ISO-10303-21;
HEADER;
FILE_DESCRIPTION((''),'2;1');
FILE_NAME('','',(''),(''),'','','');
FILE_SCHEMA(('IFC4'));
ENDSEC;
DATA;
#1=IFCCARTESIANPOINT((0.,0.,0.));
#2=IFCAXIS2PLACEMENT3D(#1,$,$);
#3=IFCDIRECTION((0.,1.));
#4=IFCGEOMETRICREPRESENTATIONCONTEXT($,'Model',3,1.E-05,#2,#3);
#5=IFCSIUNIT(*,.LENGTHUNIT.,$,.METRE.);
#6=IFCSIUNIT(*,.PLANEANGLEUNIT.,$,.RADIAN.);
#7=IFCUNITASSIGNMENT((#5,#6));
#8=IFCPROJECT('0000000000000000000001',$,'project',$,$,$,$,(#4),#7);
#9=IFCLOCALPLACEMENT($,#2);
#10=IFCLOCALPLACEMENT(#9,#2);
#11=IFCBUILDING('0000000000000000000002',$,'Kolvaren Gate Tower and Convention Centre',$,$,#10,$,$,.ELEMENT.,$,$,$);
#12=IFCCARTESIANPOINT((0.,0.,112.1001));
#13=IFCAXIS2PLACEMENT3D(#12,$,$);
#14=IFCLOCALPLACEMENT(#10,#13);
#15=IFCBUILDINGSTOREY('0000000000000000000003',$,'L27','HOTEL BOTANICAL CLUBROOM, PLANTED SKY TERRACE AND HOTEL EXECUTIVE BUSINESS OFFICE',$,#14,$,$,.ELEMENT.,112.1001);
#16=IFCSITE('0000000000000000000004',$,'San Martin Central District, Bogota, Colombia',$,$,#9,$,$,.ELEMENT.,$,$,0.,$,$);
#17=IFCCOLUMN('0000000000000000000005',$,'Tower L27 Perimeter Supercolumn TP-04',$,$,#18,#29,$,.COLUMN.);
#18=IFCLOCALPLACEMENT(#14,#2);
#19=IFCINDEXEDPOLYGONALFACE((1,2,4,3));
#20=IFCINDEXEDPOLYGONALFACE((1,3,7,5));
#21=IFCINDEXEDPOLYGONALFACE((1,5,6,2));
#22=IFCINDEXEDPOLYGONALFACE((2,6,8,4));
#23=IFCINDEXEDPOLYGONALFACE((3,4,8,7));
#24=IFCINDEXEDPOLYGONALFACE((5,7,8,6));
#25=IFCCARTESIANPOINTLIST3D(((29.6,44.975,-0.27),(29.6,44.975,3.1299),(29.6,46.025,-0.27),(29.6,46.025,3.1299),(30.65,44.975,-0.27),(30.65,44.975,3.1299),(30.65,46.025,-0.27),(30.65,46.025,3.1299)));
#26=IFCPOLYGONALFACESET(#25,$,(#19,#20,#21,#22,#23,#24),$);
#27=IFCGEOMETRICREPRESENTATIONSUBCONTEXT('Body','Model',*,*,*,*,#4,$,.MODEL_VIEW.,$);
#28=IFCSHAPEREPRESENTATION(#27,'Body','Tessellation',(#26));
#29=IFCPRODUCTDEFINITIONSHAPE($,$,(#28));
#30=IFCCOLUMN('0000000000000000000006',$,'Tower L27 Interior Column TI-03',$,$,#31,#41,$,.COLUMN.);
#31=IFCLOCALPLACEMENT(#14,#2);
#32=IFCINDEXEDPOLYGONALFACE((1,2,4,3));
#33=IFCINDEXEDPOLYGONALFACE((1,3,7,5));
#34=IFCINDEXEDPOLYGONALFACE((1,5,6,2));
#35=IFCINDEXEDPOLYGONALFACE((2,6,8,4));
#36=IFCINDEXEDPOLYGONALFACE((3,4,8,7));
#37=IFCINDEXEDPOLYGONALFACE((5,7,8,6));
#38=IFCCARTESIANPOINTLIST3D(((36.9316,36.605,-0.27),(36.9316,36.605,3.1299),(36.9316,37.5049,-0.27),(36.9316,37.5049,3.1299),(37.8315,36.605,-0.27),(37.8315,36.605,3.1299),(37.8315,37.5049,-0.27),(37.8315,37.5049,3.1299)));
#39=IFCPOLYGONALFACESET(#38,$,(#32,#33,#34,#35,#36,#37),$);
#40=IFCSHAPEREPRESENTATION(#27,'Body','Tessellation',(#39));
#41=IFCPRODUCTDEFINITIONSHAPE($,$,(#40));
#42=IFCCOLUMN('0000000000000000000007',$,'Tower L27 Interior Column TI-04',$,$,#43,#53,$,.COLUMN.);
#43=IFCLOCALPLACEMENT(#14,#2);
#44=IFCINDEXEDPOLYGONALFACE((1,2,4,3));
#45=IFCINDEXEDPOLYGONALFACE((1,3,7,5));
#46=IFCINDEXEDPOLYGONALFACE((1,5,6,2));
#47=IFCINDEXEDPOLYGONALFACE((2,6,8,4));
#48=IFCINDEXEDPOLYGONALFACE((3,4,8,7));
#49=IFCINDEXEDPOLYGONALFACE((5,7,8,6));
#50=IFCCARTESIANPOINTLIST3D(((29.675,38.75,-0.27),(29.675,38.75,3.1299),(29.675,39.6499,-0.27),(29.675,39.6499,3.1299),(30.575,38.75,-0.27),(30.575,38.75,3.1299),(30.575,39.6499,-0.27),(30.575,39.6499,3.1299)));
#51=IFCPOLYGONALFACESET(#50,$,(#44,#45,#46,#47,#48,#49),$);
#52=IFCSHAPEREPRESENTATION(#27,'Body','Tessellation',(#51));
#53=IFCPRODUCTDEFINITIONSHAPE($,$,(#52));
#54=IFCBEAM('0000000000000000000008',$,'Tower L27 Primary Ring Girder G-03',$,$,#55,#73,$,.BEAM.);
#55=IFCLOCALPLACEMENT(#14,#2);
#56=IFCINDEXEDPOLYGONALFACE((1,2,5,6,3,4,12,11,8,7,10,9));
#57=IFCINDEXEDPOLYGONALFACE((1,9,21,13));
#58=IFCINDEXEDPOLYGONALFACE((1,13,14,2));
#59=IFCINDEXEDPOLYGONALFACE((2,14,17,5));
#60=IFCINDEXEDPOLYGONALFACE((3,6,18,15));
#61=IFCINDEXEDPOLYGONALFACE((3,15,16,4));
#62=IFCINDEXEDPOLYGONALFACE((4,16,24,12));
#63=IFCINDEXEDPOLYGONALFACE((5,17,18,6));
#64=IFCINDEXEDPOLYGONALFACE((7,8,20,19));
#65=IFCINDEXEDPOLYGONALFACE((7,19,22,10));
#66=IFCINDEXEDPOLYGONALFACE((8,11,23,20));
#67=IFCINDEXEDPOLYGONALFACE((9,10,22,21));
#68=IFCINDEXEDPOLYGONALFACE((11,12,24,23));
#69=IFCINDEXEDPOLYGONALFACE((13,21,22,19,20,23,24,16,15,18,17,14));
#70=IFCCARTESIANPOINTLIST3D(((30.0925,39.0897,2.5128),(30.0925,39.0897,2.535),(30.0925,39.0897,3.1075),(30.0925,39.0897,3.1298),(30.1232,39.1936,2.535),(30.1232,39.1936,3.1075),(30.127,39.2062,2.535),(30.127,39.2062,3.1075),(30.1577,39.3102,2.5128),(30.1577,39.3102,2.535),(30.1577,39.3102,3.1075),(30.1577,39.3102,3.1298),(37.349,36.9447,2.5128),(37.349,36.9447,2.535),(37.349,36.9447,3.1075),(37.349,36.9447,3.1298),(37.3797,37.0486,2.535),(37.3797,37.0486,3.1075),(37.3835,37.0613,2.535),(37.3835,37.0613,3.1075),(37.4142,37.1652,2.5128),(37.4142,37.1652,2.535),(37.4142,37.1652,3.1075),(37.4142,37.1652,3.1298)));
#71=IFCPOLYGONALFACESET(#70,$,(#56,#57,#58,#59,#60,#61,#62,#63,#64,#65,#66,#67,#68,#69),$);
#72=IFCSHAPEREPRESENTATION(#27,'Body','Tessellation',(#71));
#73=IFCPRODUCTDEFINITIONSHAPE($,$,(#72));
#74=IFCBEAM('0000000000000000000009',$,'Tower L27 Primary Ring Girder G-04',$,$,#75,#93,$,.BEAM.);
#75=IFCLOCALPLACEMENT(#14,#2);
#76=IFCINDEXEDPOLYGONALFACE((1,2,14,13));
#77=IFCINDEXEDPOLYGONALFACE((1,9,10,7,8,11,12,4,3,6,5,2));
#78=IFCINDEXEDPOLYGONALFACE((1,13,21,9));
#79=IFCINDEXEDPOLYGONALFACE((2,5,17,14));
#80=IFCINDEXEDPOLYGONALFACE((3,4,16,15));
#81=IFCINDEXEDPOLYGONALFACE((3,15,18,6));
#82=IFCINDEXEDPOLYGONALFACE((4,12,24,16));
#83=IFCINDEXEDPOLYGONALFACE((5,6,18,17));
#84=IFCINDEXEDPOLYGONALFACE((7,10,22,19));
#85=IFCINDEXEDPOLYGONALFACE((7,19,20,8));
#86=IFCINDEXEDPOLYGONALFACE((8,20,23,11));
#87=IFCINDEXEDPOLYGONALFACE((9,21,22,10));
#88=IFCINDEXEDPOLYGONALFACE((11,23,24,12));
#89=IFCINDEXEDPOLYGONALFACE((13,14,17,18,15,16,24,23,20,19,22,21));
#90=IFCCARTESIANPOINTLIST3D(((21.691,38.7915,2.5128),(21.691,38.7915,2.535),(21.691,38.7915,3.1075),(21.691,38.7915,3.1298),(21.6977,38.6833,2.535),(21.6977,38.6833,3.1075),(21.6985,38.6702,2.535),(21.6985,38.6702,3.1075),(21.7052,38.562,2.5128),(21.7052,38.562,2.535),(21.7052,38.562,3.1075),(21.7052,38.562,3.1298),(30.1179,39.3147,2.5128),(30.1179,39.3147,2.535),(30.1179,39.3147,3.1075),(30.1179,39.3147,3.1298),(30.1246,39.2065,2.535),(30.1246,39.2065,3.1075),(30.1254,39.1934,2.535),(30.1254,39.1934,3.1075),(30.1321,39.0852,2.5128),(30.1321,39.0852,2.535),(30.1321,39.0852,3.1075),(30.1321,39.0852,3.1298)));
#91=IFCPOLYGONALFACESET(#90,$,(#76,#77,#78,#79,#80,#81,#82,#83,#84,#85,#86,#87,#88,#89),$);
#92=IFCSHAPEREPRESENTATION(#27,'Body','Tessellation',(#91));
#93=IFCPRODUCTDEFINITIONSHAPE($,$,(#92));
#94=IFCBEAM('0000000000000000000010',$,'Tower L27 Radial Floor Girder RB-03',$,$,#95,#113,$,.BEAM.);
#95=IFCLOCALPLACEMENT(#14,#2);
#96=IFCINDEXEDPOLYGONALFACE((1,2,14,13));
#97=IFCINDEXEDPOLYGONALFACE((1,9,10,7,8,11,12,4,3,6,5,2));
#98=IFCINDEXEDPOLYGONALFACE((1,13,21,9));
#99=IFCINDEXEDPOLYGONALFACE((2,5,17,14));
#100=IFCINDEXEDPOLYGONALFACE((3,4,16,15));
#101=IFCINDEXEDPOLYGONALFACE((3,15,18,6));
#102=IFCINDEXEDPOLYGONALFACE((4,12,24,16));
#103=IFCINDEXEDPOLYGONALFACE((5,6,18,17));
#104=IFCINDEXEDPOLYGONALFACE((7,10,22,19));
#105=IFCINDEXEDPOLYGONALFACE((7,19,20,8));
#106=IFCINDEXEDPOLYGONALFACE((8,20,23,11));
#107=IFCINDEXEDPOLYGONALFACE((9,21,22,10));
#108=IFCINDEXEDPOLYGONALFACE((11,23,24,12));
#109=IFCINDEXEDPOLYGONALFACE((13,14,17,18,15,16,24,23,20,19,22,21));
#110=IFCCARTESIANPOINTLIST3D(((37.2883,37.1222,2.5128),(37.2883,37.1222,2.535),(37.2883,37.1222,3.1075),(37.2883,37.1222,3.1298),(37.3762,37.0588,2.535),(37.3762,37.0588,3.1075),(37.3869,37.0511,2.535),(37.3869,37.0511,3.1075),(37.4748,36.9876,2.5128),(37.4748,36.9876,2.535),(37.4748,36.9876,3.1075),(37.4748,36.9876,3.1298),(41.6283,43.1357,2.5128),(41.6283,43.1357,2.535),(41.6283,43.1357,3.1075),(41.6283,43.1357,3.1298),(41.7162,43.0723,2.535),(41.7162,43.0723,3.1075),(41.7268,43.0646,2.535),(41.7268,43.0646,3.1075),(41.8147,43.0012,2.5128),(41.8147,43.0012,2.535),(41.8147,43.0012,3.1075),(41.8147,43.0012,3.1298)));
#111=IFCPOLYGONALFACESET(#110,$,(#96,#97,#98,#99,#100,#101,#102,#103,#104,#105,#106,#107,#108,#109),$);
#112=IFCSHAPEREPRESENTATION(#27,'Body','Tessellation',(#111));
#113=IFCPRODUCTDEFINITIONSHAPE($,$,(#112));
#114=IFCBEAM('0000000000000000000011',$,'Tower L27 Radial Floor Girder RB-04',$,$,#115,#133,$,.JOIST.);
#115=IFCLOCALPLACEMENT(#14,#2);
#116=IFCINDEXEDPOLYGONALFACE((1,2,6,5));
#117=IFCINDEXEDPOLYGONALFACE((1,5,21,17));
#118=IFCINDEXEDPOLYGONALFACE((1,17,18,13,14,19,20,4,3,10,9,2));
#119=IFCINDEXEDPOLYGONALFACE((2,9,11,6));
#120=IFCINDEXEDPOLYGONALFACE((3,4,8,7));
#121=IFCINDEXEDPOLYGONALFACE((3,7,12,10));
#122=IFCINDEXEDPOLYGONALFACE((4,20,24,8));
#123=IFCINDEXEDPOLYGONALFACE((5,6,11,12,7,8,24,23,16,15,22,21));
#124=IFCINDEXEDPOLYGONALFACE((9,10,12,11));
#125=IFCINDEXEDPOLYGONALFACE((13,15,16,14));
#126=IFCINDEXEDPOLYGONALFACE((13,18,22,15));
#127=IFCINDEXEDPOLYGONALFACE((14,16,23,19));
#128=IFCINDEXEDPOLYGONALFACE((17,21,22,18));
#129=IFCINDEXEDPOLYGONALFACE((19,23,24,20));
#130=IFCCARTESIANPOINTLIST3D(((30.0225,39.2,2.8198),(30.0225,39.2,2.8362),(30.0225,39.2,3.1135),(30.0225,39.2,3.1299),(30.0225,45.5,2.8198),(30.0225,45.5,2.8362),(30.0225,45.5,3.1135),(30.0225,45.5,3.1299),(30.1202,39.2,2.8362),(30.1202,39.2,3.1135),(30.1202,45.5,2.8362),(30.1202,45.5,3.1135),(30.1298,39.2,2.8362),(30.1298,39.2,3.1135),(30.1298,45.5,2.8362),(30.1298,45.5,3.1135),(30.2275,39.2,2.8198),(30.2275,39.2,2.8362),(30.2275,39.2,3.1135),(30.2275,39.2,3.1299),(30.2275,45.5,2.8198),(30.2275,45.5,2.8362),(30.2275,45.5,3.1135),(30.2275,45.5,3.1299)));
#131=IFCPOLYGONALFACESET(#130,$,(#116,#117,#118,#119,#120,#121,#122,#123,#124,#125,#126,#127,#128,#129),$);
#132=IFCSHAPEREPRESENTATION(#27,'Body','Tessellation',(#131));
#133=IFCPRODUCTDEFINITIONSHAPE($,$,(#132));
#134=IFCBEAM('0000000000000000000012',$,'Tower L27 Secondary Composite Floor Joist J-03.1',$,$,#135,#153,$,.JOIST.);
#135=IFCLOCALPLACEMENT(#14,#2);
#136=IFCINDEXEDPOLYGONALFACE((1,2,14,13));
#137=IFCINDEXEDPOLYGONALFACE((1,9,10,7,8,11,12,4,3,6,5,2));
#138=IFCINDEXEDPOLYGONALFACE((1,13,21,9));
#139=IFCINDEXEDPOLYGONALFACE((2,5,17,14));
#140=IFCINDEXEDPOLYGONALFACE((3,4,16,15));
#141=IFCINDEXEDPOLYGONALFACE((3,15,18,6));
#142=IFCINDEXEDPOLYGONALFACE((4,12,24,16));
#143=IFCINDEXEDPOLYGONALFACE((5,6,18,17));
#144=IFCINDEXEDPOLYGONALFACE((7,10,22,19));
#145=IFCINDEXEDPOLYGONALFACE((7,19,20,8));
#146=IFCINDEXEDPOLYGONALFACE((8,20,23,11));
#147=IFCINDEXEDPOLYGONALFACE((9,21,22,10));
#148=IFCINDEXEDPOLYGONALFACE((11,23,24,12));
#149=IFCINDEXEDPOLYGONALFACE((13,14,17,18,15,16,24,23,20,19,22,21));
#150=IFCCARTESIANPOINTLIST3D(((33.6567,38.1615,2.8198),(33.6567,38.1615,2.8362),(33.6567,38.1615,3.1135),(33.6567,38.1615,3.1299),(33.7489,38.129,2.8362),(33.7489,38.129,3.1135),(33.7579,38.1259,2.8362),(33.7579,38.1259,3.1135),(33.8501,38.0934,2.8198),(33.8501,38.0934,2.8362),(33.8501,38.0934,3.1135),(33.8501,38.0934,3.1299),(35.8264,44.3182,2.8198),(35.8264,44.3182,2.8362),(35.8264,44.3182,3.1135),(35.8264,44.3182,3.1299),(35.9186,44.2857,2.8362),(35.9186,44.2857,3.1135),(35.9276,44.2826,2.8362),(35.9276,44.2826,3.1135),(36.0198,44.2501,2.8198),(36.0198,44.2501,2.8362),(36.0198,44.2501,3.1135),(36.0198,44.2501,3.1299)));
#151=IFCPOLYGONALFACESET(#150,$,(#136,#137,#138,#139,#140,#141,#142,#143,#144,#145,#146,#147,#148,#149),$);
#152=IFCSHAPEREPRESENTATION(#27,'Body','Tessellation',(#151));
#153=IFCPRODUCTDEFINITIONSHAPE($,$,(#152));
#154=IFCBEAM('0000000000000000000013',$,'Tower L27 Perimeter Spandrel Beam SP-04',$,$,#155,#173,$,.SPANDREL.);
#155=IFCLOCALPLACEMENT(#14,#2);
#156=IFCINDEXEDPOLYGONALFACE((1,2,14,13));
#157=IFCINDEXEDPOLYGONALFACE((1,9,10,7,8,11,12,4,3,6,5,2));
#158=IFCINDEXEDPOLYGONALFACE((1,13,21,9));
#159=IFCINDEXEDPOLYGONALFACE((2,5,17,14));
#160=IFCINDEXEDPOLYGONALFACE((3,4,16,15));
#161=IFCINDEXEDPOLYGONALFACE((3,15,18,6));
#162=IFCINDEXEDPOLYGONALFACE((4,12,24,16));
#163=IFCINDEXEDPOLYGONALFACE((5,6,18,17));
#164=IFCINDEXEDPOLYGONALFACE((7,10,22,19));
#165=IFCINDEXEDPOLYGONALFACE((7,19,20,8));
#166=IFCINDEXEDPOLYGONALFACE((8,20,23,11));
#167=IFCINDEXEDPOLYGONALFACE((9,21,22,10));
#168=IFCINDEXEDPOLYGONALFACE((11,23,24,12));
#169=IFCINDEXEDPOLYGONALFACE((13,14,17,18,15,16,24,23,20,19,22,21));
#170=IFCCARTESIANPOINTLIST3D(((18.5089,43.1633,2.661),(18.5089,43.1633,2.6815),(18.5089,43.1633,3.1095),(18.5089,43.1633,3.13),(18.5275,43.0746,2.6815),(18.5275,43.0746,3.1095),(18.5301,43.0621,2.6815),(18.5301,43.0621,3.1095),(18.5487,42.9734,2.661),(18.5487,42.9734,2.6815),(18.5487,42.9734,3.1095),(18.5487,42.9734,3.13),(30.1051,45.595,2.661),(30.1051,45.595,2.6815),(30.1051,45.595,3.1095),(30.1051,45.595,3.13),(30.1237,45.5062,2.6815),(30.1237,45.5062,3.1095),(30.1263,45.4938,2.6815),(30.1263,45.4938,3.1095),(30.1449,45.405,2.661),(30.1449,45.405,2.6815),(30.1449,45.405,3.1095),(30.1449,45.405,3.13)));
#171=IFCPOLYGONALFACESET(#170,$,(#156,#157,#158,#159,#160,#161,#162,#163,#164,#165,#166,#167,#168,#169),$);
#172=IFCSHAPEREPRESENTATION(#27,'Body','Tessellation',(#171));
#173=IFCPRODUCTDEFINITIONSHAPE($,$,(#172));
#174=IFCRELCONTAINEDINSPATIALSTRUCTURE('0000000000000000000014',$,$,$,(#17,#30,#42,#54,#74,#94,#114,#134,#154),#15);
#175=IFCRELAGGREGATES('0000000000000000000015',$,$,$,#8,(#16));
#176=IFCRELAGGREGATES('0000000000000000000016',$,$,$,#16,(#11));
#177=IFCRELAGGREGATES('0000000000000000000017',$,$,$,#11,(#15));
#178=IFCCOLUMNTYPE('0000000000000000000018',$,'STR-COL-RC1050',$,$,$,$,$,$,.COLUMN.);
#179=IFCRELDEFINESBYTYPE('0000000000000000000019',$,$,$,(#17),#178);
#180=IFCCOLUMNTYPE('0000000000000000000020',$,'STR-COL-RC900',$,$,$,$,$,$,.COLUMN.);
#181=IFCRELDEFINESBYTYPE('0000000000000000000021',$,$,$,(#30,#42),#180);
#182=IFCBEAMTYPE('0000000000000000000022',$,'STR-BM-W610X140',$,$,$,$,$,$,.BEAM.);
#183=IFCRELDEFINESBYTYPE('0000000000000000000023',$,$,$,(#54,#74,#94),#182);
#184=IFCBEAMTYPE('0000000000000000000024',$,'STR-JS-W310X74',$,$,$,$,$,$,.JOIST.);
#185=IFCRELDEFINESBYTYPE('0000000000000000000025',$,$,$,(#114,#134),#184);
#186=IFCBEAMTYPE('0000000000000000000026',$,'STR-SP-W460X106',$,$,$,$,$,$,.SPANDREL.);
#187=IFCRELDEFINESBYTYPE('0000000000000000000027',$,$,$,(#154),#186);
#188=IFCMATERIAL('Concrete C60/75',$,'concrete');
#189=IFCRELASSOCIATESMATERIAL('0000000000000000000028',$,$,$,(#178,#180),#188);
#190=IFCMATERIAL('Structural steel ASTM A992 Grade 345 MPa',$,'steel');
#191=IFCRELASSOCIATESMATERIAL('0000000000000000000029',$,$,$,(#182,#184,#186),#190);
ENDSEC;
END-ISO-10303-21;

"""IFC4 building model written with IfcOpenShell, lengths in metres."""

from ifc_helpers import new_model, si_unit, direction, frame, origin, origin_2d, place, context, subcontext, project, spatial, rectangle, i_section, extrude, material, material_profile, profile_set, type_object, element, save


model = new_model("IFC4")

# Units and contexts
model_context = context("Model", 3, precision=1e-05, world=origin(), true_north=direction((0.0, 1.0)))
body_context = subcontext(model_context, "Body", "Model", "MODEL_VIEW")
ifc_project = project(units=[si_unit("LENGTHUNIT", "METRE"), si_unit("PLANEANGLEUNIT", "RADIAN")], contexts=[model_context])

# Site, building, storey
site_placement = place(None, origin())
site = spatial("IfcSite", under=ifc_project, at=site_placement, Name="San Martin Central District, Bogota, Colombia", CompositionType="ELEMENT", RefElevation=0.0)
building_placement = place(site_placement, origin())
building = spatial("IfcBuilding", under=site, at=building_placement, Name="Kolvaren Gate Tower and Convention Centre", CompositionType="ELEMENT")
storey_placement = place(building_placement, frame((0.0, 0.0, 112.1001)))
storey = spatial("IfcBuildingStorey", under=building, at=storey_placement, Name="L27", Description="HOTEL BOTANICAL CLUBROOM, PLANTED SKY TERRACE AND HOTEL EXECUTIVE BUSINESS OFFICE", CompositionType="ELEMENT", Elevation=112.1001)

# Columns
ifc_material_1 = material(Name="Concrete C60/75", Category="concrete")
ifc_material_profile_1 = material_profile(ifc_material_1, rectangle(XDim=1.05, YDim=1.05, at=origin_2d()), Name="RC-COL-1050X1050")
ifc_profile_set_1 = profile_set([ifc_material_profile_1], Name="Concrete C60/75")
column_type_1 = type_object("IfcColumnType", Name="STR-COL-RC1050", PredefinedType="COLUMN", material=ifc_profile_set_1)
column_placement = place(storey_placement, frame((30.125, 45.5, -0.27), z_axis=(0.0, 0.0, 1.0), x_axis=(1.0, 0.0, 0.0)))
element("IfcColumn", 1, at=column_placement, inside=storey, type_object=column_type_1, Name="Tower L27 Perimeter Supercolumn TP-04", PredefinedType="COLUMN", context=body_context, shape_type="SweptSolid", body=[
    extrude(rectangle(XDim=1.05, YDim=1.05, at=origin_2d()), origin(), (0.0, 0.0, 1.0), 3.3999),
])
ifc_material_profile_2 = material_profile(ifc_material_1, rectangle(XDim=0.8999, YDim=0.8999, at=origin_2d()), Name="RC-COL-900X900")
ifc_profile_set_2 = profile_set([ifc_material_profile_2], Name="Concrete C60/75")
column_type_2 = type_object("IfcColumnType", Name="STR-COL-RC900", PredefinedType="COLUMN", material=ifc_profile_set_2)
for number, where, z_axis, x_axis, name in (
    (2, (37.3816, 37.0549, -0.27), (0.0, 0.0, 1.0), (1.0, 0.0, 0.0), "Tower L27 Interior Column TI-03"),
    (3, (30.125, 39.2, -0.27), (0.0, 0.0, 1.0), (1.0, 0.0, 0.0), "Tower L27 Interior Column TI-04"),
):
    element("IfcColumn", number, at=place(storey_placement, frame(where, z_axis=z_axis, x_axis=x_axis)), inside=storey, type_object=column_type_2, Name=name, PredefinedType="COLUMN", context=body_context, shape_type="SweptSolid", body=[
        extrude(rectangle(XDim=0.8999, YDim=0.8999, at=origin_2d()), origin(), (0.0, 0.0, 1.0), 3.3999),
    ])

# Beams
ifc_material_2 = material(Name="Structural steel ASTM A992 Grade 345 MPa", Category="steel")
ifc_material_profile_3 = material_profile(ifc_material_2, i_section(OverallWidth=0.23, OverallDepth=0.6169, WebThickness=0.0132, FlangeThickness=0.0222, at=origin_2d()), Name="W610X140")
ifc_profile_set_3 = profile_set([ifc_material_profile_3], Name="Structural steel ASTM A992 Grade 345 MPa")
beam_type_1 = type_object("IfcBeamType", Name="STR-BM-W610X140", PredefinedType="BEAM", material=ifc_profile_set_3)
beam_1_placement = place(storey_placement, frame((37.3816, 37.0549, 2.8213), z_axis=(-0.958981, 0.283471, 0.0), x_axis=(-0.283471, -0.958981, 0.0)))
element("IfcBeam", 4, at=beam_1_placement, inside=storey, type_object=beam_type_1, Name="Tower L27 Primary Ring Girder G-03", PredefinedType="BEAM", context=body_context, shape_type="SweptSolid", body=[
    extrude(i_section(OverallWidth=0.23, OverallDepth=0.6169, WebThickness=0.0132, FlangeThickness=0.0222, at=origin_2d()), origin(), (0.0, 0.0, 1.0), 7.5669),
])
beam_2_placement = place(storey_placement, frame((30.125, 39.2, 2.8213), z_axis=(-0.998078, -0.061966, 0.0), x_axis=(0.061966, -0.998078, 0.0)))
element("IfcBeam", 5, at=beam_2_placement, inside=storey, type_object=beam_type_1, Name="Tower L27 Primary Ring Girder G-04", PredefinedType="BEAM", context=body_context, shape_type="SweptSolid", body=[
    extrude(i_section(OverallWidth=0.23, OverallDepth=0.6169, WebThickness=0.0132, FlangeThickness=0.0222, at=origin_2d()), origin(), (0.0, 0.0, 1.0), 8.4431),
])
beam_3_placement = place(storey_placement, frame((37.3816, 37.0549, 2.8213), z_axis=(0.585208, 0.810883, 0.0), x_axis=(-0.810883, 0.585208, 0.0)))
element("IfcBeam", 6, at=beam_3_placement, inside=storey, type_object=beam_type_1, Name="Tower L27 Radial Floor Girder RB-03", PredefinedType="BEAM", context=body_context, shape_type="SweptSolid", body=[
    extrude(i_section(OverallWidth=0.23, OverallDepth=0.6169, WebThickness=0.0132, FlangeThickness=0.0222, at=origin_2d()), origin(), (0.0, 0.0, 1.0), 7.416),
])
ifc_material_profile_4 = material_profile(ifc_material_2, i_section(OverallWidth=0.2051, OverallDepth=0.3101, WebThickness=0.0095, FlangeThickness=0.0164, at=origin_2d()), Name="W310X74")
ifc_profile_set_4 = profile_set([ifc_material_profile_4], Name="Structural steel ASTM A992 Grade 345 MPa")
beam_type_2 = type_object("IfcBeamType", Name="STR-JS-W310X74", PredefinedType="JOIST", material=ifc_profile_set_4)
beam_4_placement = place(storey_placement, frame((30.125, 39.2, 2.9749), z_axis=(0.0, 1.0, 0.0), x_axis=(-1.0, 0.0, 0.0)))
element("IfcBeam", 7, at=beam_4_placement, inside=storey, type_object=beam_type_2, Name="Tower L27 Radial Floor Girder RB-04", PredefinedType="JOIST", context=body_context, shape_type="SweptSolid", body=[
    extrude(i_section(OverallWidth=0.2051, OverallDepth=0.3101, WebThickness=0.0095, FlangeThickness=0.0164, at=origin_2d()), origin(), (0.0, 0.0, 1.0), 6.3),
])
beam_5_placement = place(storey_placement, frame((33.7534, 38.1274, 2.9749), z_axis=(0.332372, 0.943148, 0.0), x_axis=(-0.943148, 0.332372, 0.0)))
element("IfcBeam", 8, at=beam_5_placement, inside=storey, type_object=beam_type_2, Name="Tower L27 Secondary Composite Floor Joist J-03.1", PredefinedType="JOIST", context=body_context, shape_type="SweptSolid", body=[
    extrude(i_section(OverallWidth=0.2051, OverallDepth=0.3101, WebThickness=0.0095, FlangeThickness=0.0164, at=origin_2d()), origin(), (0.0, 0.0, 1.0), 6.5278),
])
ifc_material_profile_5 = material_profile(ifc_material_2, i_section(OverallWidth=0.1941, OverallDepth=0.469, WebThickness=0.0127, FlangeThickness=0.0205, at=origin_2d()), Name="W460X106")
ifc_profile_set_5 = profile_set([ifc_material_profile_5], Name="Structural steel ASTM A992 Grade 345 MPa")
beam_type_3 = type_object("IfcBeamType", Name="STR-SP-W460X106", PredefinedType="SPANDREL", material=ifc_profile_set_5)
beam_6_placement = place(storey_placement, frame((30.125, 45.5, 2.8955), z_axis=(-0.978714, -0.205229, 0.0), x_axis=(0.205229, -0.978714, 0.0)))
element("IfcBeam", 9, at=beam_6_placement, inside=storey, type_object=beam_type_3, Name="Tower L27 Perimeter Spandrel Beam SP-04", PredefinedType="SPANDREL", context=body_context, shape_type="SweptSolid", body=[
    extrude(i_section(OverallWidth=0.1941, OverallDepth=0.469, WebThickness=0.0127, FlangeThickness=0.0205, at=origin_2d()), origin(), (0.0, 0.0, 1.0), 11.8484),
])

save(model, "model.ifc")
